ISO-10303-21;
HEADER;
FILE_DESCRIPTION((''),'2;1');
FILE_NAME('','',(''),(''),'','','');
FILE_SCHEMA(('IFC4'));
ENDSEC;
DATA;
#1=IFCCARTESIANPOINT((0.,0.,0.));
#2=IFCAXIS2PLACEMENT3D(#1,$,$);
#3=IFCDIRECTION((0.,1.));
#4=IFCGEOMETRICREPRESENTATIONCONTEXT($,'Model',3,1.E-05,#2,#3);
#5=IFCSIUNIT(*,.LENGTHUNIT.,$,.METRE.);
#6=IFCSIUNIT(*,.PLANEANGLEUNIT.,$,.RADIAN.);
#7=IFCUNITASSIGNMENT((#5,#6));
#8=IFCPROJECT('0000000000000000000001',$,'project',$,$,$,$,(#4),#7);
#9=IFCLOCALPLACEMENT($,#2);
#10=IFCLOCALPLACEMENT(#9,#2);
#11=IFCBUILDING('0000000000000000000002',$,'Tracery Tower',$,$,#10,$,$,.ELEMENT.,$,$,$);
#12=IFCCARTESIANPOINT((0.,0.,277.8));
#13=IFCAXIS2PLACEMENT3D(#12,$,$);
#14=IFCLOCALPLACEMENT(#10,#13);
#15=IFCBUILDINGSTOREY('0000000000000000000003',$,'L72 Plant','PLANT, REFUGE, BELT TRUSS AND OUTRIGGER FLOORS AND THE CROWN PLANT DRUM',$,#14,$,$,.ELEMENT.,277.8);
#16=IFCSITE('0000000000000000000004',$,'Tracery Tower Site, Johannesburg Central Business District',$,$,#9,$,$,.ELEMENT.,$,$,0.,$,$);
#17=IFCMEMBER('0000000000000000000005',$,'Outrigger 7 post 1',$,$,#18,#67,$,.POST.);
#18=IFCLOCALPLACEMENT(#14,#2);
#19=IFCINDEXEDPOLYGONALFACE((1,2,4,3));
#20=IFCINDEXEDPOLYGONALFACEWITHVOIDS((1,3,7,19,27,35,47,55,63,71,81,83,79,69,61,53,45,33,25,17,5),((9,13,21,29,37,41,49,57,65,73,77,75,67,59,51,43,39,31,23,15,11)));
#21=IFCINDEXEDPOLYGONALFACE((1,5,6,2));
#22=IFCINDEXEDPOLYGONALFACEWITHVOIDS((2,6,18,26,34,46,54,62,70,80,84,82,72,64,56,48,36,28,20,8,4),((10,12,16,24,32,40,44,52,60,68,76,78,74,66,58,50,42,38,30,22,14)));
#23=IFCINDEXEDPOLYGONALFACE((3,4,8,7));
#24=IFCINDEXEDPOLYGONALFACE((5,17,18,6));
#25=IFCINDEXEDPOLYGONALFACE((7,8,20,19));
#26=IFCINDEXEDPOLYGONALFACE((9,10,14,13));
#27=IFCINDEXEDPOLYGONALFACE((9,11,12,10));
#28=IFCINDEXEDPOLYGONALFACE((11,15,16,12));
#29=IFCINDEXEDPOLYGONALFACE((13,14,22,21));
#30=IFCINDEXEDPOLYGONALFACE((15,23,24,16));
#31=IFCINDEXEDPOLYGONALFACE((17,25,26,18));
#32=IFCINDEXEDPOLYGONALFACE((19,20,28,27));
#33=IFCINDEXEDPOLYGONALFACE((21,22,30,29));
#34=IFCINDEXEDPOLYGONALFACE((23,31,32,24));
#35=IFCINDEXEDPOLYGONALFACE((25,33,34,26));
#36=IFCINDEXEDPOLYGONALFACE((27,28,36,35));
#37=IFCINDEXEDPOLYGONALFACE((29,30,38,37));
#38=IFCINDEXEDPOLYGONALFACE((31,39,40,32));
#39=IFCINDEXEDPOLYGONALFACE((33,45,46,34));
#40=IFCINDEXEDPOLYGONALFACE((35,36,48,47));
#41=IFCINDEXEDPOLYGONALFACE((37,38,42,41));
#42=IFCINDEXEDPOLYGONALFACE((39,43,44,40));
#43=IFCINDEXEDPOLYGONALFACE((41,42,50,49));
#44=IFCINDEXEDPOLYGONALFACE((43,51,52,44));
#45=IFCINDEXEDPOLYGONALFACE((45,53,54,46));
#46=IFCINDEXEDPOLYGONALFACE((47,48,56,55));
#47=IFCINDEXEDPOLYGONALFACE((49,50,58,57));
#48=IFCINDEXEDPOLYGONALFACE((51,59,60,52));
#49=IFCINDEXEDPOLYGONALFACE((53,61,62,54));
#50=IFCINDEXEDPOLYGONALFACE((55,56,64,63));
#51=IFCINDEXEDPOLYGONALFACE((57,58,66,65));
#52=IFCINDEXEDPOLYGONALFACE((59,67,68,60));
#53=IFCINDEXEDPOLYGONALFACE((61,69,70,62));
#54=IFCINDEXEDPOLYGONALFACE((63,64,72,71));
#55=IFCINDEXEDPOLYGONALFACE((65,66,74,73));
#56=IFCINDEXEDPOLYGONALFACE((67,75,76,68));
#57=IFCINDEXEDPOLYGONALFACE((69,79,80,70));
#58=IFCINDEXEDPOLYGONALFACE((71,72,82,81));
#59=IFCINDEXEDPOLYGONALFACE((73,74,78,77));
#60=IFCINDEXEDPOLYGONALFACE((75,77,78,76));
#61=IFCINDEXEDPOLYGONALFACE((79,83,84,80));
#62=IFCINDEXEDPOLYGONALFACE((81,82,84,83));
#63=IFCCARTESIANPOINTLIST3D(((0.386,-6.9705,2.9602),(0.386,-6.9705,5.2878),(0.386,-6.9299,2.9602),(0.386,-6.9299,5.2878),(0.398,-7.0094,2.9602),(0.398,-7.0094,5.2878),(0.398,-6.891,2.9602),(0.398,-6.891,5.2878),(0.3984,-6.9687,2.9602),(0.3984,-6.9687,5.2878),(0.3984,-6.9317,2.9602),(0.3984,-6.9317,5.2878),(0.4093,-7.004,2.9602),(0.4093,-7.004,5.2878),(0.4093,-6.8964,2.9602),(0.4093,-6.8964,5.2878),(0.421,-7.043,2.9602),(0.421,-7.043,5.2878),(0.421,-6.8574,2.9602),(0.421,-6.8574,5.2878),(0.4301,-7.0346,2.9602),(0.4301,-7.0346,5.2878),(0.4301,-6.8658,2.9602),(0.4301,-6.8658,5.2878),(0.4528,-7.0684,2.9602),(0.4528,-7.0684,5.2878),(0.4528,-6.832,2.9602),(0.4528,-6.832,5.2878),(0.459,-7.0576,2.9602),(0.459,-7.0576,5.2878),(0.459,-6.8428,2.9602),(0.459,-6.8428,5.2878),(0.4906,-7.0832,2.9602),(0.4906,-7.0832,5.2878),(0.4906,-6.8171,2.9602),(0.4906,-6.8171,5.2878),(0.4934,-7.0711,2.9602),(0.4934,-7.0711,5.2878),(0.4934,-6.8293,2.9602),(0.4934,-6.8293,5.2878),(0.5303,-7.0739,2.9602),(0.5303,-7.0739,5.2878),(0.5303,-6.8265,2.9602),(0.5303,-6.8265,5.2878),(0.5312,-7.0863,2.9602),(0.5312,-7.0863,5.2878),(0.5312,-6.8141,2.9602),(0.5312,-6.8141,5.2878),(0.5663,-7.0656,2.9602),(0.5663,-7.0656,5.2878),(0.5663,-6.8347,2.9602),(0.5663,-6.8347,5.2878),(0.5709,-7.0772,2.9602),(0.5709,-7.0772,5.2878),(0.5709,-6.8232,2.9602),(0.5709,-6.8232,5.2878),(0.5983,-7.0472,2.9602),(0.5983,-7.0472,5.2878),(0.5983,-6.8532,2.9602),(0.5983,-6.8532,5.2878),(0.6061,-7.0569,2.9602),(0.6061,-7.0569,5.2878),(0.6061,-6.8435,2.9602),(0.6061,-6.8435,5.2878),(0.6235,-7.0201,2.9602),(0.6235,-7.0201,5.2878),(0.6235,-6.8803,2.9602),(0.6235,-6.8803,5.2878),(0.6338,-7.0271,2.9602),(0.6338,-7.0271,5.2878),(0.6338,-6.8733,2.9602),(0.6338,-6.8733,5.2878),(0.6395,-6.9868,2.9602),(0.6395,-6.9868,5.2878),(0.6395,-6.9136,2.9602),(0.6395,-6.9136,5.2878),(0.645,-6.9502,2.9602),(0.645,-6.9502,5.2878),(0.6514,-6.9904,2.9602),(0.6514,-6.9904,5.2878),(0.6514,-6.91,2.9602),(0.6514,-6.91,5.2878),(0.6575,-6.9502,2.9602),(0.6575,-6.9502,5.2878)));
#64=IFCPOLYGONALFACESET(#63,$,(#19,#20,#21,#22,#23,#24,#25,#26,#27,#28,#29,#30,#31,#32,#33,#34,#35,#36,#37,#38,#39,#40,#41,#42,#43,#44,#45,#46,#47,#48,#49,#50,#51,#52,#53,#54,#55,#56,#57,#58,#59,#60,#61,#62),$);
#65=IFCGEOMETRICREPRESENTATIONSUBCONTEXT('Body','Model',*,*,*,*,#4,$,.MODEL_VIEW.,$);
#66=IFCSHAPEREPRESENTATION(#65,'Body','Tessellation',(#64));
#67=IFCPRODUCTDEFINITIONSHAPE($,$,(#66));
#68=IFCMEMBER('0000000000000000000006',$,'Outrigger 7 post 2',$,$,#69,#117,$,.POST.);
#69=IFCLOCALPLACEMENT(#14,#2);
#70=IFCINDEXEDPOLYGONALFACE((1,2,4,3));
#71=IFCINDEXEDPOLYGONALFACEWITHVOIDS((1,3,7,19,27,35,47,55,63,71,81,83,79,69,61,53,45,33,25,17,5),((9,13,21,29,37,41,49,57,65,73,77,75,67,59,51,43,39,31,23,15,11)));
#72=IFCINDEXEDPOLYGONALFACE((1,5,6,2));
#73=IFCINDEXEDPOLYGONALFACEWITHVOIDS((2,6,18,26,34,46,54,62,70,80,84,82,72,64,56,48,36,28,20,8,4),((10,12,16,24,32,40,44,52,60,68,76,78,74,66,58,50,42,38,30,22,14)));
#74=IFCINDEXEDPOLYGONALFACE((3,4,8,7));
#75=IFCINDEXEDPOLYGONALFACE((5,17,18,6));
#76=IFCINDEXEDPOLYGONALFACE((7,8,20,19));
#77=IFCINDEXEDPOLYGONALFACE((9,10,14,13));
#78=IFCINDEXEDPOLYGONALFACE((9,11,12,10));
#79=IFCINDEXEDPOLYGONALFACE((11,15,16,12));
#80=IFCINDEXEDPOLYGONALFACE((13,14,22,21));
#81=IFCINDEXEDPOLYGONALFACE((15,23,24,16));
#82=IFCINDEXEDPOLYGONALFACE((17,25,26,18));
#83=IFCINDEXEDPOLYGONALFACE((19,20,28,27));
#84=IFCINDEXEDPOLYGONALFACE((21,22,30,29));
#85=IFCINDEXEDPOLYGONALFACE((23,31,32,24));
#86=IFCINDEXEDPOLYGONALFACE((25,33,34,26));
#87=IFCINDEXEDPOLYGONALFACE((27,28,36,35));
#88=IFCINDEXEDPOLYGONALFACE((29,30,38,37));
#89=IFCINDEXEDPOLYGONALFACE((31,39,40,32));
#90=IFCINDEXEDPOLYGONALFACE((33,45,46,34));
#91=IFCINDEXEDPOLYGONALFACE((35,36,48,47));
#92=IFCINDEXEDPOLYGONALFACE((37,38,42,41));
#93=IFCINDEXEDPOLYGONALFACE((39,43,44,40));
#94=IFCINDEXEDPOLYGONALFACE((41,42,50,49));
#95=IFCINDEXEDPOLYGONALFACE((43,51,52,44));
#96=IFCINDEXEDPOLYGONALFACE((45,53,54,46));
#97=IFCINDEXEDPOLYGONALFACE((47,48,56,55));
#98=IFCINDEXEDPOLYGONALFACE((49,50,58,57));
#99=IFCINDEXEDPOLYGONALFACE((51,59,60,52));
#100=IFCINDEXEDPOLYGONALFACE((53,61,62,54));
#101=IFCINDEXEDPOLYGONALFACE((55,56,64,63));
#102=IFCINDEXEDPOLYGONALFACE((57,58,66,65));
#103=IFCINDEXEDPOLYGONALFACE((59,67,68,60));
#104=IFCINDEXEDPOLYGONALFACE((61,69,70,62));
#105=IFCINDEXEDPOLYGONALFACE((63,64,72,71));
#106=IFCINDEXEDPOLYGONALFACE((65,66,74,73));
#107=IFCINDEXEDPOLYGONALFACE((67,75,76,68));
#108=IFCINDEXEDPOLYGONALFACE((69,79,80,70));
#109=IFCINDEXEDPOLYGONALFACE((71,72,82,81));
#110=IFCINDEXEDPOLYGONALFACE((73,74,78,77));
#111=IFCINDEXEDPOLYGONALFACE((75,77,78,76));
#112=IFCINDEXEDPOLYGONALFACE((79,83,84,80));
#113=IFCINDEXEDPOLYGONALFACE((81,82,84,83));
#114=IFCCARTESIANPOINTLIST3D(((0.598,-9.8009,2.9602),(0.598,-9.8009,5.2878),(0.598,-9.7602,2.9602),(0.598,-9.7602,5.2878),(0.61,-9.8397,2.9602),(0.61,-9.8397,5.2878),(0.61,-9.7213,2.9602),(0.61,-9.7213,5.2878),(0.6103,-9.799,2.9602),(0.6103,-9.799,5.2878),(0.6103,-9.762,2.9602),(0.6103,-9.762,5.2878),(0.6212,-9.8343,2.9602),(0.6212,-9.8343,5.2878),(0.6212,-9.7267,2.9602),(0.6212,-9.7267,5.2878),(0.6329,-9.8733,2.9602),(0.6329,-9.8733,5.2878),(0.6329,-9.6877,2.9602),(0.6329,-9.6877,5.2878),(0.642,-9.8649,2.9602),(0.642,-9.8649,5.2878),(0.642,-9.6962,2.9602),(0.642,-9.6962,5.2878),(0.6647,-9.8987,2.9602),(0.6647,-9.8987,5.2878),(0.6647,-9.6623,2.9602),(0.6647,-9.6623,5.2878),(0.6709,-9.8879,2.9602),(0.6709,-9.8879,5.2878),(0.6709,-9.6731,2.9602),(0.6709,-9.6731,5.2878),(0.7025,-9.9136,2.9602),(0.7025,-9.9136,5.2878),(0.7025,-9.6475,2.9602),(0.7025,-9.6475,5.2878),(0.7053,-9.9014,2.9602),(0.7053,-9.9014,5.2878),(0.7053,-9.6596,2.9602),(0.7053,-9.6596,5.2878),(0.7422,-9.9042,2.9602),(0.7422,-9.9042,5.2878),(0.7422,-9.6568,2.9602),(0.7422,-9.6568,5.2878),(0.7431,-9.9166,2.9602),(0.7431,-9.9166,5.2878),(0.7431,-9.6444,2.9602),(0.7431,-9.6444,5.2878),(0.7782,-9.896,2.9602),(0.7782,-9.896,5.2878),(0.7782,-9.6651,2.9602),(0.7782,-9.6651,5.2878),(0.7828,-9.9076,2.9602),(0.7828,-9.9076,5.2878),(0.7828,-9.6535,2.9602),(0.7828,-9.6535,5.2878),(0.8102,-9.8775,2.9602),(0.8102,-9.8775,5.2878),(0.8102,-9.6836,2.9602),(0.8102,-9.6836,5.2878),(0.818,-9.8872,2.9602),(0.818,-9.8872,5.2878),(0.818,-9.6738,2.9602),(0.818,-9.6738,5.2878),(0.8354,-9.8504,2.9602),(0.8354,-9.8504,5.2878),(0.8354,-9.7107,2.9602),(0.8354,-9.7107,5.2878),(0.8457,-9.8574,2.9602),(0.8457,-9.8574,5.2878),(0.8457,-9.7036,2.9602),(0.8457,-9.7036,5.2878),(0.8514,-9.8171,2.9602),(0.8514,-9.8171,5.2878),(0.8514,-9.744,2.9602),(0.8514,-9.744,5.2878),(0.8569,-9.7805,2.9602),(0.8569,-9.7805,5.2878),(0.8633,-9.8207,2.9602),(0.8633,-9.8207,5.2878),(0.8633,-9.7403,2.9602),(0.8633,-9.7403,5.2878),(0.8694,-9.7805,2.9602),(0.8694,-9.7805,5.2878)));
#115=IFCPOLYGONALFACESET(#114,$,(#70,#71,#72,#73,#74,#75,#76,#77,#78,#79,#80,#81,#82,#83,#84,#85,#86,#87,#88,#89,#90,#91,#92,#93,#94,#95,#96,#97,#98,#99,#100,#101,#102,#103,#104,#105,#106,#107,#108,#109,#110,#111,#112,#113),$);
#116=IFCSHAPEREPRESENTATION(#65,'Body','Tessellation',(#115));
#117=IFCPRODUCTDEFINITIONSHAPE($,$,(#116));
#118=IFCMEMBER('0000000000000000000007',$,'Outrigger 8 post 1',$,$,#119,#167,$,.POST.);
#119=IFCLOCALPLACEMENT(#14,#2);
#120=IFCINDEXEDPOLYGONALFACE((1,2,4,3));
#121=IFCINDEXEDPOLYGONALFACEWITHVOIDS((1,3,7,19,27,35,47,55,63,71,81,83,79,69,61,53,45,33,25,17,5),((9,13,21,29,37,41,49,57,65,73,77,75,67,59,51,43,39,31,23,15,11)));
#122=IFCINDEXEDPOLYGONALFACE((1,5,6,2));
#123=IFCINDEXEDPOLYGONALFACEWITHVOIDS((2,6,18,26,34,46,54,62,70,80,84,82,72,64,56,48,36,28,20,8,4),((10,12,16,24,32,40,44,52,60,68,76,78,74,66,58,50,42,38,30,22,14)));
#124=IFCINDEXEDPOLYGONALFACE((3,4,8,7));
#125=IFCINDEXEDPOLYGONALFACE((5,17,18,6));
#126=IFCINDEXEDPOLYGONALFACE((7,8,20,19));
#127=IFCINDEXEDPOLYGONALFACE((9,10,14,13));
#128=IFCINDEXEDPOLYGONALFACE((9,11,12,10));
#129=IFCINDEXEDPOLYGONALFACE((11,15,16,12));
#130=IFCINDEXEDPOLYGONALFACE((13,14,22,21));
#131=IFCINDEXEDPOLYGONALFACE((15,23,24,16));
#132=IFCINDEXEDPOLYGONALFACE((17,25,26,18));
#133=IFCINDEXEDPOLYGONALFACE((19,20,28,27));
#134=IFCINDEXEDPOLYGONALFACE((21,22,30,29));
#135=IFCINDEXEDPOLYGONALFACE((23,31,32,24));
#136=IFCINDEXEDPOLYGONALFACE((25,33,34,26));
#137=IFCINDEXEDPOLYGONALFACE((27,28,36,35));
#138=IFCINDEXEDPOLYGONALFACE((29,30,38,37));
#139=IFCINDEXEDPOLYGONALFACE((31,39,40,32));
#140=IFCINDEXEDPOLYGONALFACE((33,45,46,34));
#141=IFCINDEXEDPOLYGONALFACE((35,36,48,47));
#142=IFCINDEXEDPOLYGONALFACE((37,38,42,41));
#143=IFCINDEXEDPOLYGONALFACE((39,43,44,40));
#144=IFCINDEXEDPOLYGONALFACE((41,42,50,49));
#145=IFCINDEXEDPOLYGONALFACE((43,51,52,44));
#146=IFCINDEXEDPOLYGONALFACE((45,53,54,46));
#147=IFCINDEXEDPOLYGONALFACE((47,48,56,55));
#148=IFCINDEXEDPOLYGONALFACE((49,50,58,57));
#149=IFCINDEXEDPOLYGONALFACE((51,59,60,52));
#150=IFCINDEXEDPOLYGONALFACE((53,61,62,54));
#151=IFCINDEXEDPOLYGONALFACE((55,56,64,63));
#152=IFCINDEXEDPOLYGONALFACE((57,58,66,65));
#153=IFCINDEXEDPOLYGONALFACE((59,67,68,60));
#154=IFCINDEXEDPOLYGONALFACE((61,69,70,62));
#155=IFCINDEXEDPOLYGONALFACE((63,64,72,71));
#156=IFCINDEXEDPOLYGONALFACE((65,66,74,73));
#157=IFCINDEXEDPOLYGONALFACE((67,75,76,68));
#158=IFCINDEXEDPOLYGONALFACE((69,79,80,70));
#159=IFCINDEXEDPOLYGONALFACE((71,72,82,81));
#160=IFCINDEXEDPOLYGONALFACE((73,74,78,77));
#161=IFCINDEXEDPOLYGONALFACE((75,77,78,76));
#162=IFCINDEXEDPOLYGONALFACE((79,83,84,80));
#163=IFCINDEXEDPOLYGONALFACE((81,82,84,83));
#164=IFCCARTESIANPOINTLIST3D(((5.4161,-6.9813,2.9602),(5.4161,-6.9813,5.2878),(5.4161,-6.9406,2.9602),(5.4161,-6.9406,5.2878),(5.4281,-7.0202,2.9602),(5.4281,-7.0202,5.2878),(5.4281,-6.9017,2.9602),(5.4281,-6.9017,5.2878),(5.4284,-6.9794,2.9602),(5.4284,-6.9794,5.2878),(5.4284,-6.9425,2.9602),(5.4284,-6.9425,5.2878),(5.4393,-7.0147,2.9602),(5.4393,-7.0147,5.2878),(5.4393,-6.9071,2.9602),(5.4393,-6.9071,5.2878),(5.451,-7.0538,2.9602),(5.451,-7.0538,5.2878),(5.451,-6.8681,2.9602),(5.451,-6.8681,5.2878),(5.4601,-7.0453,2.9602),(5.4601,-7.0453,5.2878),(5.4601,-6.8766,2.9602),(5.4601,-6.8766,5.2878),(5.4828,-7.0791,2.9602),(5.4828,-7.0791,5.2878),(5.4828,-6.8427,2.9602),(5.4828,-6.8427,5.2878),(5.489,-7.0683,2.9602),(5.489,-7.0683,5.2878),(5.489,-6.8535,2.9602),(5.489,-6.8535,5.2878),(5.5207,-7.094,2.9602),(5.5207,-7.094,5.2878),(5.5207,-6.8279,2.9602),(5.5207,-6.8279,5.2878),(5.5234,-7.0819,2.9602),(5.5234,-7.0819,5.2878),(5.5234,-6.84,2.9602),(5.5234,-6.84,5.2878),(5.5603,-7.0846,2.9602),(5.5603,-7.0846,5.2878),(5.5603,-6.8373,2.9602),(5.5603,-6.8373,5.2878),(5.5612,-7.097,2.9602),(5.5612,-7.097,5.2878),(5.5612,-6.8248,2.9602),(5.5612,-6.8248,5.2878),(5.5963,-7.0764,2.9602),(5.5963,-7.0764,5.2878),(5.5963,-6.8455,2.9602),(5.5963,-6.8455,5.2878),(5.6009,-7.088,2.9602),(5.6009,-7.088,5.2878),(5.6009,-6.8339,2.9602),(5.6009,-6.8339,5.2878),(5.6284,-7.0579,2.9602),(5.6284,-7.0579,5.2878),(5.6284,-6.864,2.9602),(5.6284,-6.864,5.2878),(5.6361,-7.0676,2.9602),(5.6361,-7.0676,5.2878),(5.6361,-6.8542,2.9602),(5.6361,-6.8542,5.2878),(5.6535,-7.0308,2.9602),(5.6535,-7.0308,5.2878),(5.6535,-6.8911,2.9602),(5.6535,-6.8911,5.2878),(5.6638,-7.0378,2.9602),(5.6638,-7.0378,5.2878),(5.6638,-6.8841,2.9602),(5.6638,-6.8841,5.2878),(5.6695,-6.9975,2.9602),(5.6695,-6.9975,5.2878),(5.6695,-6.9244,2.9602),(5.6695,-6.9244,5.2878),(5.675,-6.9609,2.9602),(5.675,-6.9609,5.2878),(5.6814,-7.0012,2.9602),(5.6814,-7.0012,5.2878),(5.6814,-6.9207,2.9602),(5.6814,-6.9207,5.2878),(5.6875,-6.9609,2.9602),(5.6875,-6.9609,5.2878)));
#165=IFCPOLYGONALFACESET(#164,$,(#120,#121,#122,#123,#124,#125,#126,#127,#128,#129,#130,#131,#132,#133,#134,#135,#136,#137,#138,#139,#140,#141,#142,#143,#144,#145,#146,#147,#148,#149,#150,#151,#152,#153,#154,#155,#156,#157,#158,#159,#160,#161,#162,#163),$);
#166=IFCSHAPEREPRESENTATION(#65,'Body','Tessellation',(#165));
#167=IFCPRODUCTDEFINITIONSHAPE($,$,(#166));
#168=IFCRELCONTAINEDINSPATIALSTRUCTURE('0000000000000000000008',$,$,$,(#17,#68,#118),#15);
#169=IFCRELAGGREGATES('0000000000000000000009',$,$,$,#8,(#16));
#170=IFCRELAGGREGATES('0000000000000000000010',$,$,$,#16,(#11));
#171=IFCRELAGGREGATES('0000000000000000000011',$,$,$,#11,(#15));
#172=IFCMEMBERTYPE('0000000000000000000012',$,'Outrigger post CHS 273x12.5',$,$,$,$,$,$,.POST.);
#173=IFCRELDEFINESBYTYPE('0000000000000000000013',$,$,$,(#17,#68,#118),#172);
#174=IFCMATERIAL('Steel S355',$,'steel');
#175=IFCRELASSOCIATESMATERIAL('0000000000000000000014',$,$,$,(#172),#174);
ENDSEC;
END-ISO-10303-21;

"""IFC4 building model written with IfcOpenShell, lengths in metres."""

from ifc_helpers import new_model, si_unit, direction, frame, origin, origin_2d, place, context, subcontext, project, spatial, hollow_circle, extrude, material, material_profile, profile_set, type_object, element, save


model = new_model("IFC4")

# Units and contexts
model_context = context("Model", 3, precision=1e-05, world=origin(), true_north=direction((0.0, 1.0)))
body_context = subcontext(model_context, "Body", "Model", "MODEL_VIEW")
ifc_project = project(units=[si_unit("LENGTHUNIT", "METRE"), si_unit("PLANEANGLEUNIT", "RADIAN")], contexts=[model_context])

# Site, building, storey
site_placement = place(None, origin())
site = spatial("IfcSite", under=ifc_project, at=site_placement, Name="Tracery Tower Site, Johannesburg Central Business District", CompositionType="ELEMENT", RefElevation=0.0)
building_placement = place(site_placement, origin())
building = spatial("IfcBuilding", under=site, at=building_placement, Name="Tracery Tower", CompositionType="ELEMENT")
storey_placement = place(building_placement, frame((0.0, 0.0, 277.8)))
storey = spatial("IfcBuildingStorey", under=building, at=storey_placement, Name="L72 Plant", Description="PLANT, REFUGE, BELT TRUSS AND OUTRIGGER FLOORS AND THE CROWN PLANT DRUM", CompositionType="ELEMENT", Elevation=277.8)

# Members
ifc_material_1 = material(Name="Steel S355", Category="steel")
ifc_material_profile_1 = material_profile(ifc_material_1, hollow_circle(Radius=0.1365, WallThickness=0.0125, at=origin_2d()), Name="CHS 273x12.5")
ifc_profile_set_1 = profile_set([ifc_material_profile_1], Name="Steel S355")
member_type_1 = type_object("IfcMemberType", Name="Outrigger post CHS 273x12.5", PredefinedType="POST", material=ifc_profile_set_1)
for number, where, z_axis, x_axis, name in (
    (1, (0.521, -6.9502, 2.9602), (0.0, 0.0, 1.0), (1.0, 0.0, 0.0), "Outrigger 7 post 1"),
    (2, (0.7329, -9.7805, 2.9602), (0.0, 0.0, 1.0), (1.0, 0.0, 0.0), "Outrigger 7 post 2"),
    (3, (5.551, -6.9609, 2.9602), (0.0, 0.0, 1.0), (1.0, 0.0, 0.0), "Outrigger 8 post 1"),
):
    element("IfcMember", number, at=place(storey_placement, frame(where, z_axis=z_axis, x_axis=x_axis)), inside=storey, type_object=member_type_1, Name=name, PredefinedType="POST", context=body_context, shape_type="SweptSolid", body=[
        extrude(hollow_circle(Radius=0.1365, WallThickness=0.0125, at=origin_2d()), origin(), (0.0, 0.0, 1.0), 2.3276),
    ])

save(model, "model.ifc")
